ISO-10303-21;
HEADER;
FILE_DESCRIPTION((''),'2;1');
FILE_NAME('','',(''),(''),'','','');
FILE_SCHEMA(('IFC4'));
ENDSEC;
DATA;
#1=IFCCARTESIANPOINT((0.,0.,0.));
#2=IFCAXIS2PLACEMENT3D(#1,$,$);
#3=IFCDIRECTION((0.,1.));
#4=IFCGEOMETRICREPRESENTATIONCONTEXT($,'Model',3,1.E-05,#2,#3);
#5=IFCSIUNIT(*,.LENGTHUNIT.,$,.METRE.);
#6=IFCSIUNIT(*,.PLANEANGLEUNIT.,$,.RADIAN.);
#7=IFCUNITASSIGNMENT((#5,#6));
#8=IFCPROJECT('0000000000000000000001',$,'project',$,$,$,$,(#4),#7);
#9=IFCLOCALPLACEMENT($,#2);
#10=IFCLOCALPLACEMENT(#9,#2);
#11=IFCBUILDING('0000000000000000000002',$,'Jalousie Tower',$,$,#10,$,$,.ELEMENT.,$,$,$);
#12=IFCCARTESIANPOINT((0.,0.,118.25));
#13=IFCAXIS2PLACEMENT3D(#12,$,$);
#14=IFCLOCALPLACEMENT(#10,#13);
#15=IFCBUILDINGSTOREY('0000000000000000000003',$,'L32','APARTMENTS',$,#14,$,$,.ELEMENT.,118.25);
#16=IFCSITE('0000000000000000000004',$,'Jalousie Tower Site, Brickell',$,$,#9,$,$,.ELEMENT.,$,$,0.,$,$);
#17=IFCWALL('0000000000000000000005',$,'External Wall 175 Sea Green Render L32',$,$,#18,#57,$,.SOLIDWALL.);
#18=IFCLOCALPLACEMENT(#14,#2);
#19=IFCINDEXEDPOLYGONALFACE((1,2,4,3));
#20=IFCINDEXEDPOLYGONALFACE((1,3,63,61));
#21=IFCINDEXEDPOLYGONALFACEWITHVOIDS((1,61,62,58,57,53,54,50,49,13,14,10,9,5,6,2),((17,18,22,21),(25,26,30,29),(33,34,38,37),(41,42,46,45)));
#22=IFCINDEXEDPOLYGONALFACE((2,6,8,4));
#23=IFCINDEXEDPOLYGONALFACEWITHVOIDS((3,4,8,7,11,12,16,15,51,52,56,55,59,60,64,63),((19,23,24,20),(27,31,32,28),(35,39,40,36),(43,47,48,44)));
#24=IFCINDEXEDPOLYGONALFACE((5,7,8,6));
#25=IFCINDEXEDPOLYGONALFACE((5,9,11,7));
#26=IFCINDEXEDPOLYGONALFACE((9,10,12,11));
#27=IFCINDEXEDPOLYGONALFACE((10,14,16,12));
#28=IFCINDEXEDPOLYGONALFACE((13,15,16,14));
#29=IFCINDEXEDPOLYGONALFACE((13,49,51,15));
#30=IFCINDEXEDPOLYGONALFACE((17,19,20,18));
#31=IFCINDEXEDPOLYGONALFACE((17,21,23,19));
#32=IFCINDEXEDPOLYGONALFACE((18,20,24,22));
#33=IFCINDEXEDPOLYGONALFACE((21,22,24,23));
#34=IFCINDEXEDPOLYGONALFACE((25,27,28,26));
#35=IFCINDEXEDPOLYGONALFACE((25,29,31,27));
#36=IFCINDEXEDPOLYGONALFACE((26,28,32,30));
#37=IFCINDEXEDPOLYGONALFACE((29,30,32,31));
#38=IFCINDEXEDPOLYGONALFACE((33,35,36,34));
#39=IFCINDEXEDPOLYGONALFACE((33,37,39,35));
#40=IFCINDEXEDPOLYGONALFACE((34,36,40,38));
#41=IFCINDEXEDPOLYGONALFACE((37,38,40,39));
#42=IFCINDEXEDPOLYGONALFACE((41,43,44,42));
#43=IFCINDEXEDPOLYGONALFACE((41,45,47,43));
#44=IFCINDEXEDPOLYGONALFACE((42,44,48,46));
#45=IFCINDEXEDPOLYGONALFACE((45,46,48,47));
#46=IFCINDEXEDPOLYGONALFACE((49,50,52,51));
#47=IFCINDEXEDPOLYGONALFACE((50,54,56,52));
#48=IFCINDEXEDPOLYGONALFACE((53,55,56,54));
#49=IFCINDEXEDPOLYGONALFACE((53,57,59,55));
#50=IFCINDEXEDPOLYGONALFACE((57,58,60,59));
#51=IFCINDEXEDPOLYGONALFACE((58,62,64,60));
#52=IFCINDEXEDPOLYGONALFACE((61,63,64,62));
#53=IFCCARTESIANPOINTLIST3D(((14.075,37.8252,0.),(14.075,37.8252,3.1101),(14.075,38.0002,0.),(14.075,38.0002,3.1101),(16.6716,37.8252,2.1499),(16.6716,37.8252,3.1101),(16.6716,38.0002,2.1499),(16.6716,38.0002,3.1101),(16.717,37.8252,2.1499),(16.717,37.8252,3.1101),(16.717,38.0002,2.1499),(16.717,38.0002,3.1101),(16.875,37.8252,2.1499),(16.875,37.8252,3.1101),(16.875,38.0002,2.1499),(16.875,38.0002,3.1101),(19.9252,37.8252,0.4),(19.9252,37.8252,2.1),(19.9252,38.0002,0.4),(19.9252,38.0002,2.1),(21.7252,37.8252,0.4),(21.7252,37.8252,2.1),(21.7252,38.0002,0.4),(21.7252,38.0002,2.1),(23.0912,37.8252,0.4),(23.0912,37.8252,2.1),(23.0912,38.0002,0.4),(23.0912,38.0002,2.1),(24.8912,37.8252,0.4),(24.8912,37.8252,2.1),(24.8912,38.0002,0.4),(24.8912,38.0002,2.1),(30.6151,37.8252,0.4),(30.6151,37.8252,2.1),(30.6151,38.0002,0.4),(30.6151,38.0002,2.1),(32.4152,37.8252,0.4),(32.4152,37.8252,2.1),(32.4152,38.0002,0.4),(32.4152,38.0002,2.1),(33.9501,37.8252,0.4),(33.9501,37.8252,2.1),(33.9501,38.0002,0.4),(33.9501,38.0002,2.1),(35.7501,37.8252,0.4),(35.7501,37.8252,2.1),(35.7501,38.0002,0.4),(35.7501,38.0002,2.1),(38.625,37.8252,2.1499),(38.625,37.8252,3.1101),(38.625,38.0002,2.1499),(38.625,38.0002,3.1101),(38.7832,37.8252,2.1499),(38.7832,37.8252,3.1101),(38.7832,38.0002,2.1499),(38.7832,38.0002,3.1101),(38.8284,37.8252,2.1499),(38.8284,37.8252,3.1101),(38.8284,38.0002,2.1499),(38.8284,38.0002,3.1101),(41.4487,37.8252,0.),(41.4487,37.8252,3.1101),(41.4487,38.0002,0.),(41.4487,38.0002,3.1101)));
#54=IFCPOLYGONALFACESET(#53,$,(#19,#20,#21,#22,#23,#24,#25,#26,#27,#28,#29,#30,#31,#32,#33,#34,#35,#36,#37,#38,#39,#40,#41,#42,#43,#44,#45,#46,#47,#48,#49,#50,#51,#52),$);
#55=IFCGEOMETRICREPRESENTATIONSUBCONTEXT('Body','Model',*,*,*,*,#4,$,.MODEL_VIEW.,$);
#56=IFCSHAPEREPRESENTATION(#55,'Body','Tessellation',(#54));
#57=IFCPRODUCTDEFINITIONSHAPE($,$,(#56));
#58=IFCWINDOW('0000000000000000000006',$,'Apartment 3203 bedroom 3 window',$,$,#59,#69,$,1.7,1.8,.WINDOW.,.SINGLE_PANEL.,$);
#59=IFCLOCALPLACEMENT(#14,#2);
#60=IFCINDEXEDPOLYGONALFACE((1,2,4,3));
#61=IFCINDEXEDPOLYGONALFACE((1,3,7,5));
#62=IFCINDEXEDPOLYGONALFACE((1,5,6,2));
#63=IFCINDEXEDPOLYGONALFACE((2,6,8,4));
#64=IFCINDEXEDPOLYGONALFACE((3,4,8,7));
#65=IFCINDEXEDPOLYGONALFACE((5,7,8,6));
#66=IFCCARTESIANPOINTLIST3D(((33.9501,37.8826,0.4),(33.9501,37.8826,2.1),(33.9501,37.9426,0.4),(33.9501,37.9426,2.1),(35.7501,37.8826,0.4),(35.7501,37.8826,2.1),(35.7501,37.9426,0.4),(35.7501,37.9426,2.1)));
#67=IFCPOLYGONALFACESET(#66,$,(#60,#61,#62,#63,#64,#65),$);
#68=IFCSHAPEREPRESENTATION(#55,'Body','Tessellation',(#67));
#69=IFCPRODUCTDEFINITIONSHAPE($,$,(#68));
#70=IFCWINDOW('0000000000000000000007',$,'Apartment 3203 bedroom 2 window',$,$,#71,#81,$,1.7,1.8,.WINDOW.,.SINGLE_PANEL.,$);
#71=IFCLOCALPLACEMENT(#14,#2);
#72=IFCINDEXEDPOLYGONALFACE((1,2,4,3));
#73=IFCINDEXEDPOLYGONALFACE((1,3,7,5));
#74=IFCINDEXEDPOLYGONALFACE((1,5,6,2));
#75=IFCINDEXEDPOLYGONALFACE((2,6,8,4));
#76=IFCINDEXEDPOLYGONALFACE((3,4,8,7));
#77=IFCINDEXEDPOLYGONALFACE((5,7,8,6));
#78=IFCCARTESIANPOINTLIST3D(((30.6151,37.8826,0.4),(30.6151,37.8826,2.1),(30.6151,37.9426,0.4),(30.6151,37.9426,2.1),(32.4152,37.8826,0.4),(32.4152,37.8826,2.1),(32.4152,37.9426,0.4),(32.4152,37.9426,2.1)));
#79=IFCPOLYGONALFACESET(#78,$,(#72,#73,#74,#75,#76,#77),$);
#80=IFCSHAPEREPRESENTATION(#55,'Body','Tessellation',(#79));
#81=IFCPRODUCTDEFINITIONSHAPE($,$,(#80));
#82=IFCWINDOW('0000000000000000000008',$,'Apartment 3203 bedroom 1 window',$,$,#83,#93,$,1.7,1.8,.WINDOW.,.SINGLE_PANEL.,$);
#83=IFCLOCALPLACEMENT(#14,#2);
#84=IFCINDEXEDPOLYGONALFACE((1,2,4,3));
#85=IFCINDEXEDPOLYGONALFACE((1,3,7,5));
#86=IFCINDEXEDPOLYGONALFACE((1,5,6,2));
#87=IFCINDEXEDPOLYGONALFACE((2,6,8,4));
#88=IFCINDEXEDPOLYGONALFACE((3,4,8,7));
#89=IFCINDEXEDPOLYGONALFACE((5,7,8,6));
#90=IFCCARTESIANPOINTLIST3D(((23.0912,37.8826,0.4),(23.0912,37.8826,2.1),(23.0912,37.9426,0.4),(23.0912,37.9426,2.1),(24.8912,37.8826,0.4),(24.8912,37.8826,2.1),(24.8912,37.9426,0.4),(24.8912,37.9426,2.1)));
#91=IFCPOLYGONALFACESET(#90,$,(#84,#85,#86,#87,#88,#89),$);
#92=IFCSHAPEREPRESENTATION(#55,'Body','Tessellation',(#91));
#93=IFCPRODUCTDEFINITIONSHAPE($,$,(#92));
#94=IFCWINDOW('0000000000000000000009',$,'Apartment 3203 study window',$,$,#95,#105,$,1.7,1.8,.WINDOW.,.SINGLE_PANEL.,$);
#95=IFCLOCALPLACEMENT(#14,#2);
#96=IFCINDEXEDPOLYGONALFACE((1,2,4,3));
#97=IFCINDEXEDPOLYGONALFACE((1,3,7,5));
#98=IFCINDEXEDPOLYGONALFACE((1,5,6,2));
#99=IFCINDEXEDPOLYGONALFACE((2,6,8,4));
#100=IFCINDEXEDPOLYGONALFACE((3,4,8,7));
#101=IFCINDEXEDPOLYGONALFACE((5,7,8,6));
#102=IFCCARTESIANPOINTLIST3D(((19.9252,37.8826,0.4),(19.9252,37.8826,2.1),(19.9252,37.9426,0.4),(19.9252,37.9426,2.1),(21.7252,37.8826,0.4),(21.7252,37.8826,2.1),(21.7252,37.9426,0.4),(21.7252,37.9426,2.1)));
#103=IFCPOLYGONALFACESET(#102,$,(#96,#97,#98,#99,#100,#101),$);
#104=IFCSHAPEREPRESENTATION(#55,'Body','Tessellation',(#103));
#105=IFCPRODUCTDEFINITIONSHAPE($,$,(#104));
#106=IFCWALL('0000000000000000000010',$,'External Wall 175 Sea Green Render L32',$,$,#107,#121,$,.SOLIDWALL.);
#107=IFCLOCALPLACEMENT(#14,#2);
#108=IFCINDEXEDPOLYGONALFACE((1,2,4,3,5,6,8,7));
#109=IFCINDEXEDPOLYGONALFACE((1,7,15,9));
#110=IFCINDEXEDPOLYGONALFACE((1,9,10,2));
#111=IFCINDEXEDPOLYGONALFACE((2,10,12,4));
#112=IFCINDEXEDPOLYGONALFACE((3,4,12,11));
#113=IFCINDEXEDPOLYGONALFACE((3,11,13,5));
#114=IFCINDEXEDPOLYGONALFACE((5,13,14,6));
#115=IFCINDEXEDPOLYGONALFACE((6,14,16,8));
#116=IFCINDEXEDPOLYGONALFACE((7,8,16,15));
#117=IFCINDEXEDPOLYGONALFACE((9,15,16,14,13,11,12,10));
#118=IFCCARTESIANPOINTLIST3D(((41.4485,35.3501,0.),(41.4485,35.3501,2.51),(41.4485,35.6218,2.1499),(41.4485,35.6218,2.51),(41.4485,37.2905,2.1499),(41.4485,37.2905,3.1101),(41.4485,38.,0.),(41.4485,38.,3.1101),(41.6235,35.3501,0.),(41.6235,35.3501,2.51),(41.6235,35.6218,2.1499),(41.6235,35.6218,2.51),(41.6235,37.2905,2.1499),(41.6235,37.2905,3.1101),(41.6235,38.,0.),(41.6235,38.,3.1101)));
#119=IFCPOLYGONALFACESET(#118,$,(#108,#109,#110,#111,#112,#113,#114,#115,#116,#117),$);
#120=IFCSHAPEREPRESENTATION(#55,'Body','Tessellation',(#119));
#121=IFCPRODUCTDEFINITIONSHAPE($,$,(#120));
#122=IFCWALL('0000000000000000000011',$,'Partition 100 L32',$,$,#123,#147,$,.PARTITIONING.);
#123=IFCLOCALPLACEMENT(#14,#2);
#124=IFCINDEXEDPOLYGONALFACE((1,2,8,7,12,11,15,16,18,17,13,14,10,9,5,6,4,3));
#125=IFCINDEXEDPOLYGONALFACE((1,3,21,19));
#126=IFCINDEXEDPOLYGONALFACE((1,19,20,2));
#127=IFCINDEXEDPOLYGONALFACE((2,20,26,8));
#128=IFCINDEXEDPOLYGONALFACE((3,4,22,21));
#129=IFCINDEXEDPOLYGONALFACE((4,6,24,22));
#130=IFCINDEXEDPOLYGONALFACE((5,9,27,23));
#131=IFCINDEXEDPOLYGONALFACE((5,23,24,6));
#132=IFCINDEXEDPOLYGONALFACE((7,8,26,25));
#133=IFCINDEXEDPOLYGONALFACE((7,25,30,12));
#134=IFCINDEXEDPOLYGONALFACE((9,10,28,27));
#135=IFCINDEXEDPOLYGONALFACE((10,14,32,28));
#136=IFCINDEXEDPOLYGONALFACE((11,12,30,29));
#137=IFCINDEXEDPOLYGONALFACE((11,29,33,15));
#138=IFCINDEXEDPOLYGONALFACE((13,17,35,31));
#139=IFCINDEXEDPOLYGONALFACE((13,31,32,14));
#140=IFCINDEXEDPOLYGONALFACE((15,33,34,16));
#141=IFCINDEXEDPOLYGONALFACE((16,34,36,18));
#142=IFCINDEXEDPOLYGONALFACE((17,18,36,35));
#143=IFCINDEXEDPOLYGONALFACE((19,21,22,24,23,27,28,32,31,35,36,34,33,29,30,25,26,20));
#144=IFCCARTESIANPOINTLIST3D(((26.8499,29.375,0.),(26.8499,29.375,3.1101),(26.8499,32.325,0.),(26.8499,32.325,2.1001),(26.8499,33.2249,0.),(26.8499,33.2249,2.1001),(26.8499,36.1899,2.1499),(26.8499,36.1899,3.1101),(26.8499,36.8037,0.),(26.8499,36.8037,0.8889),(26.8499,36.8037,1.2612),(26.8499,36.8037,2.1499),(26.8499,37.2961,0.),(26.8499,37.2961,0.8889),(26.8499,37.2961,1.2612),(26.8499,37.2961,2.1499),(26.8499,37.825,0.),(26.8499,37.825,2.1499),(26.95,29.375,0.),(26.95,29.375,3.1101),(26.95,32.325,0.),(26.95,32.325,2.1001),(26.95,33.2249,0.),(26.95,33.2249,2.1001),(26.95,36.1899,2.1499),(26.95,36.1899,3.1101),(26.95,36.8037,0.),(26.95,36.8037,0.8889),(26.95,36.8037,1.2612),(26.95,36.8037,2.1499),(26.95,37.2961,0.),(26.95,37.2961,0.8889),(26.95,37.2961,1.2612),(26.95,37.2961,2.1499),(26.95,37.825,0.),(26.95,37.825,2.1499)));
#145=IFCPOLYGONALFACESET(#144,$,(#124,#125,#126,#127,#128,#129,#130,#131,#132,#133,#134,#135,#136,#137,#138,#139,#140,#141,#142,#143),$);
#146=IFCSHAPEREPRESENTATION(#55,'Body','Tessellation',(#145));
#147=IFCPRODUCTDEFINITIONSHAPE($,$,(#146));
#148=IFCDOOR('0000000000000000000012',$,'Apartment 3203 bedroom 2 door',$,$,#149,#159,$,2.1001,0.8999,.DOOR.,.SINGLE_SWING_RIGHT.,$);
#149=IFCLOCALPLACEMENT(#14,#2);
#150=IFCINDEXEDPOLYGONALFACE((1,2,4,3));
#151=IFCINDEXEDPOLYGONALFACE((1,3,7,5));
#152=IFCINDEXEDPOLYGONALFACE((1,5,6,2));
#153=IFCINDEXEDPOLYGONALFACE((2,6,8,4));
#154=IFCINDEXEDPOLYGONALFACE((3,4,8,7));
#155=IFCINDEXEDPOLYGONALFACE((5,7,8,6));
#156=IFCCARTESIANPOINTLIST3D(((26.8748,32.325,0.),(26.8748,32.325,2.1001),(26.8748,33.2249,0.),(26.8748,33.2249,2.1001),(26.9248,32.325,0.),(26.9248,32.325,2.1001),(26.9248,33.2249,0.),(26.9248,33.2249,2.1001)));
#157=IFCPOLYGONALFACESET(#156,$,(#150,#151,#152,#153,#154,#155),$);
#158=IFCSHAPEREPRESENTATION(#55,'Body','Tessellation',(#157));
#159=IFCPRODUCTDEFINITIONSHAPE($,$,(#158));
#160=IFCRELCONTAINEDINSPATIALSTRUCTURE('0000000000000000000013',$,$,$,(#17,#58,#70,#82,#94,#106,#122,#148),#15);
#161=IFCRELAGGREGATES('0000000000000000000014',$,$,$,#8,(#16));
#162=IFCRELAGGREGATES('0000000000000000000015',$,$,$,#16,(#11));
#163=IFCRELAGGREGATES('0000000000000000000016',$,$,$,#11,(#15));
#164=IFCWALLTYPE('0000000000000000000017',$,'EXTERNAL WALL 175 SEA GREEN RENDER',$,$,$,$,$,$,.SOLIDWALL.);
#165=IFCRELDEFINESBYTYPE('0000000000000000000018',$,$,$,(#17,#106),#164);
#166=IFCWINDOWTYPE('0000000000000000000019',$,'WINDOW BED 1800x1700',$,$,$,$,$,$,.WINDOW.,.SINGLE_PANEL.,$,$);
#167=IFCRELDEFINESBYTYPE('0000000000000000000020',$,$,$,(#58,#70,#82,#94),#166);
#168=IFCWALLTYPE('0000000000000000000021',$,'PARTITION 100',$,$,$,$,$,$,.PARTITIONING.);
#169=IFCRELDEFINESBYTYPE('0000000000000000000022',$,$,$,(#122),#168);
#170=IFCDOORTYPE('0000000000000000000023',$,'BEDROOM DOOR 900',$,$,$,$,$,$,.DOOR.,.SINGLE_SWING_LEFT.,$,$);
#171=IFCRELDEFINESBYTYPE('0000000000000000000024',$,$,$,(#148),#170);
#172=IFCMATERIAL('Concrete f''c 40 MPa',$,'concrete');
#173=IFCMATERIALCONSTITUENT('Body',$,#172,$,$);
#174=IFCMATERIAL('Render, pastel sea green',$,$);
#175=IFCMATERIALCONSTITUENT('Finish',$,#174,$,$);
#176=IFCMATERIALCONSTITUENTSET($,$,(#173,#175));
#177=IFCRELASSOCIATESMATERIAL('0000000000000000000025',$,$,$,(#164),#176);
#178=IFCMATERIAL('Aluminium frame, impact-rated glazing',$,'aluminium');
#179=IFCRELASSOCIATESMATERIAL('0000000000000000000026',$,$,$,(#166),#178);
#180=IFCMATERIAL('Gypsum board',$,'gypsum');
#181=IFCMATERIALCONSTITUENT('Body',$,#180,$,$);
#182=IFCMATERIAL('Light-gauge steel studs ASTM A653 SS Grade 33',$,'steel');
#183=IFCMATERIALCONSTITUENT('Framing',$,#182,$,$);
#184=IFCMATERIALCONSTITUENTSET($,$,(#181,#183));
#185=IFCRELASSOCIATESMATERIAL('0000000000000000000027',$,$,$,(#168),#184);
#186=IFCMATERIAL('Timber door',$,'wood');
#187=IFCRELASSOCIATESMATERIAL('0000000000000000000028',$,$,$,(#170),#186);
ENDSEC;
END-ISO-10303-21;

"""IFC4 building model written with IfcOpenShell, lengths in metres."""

from ifc_helpers import new_model, si_unit, direction, frame, frame_2d, origin, place, context, subcontext, project, spatial, polyline, rectangle, outline, extrude, material, constituent, constituent_set, type_object, element, fill, save


model = new_model("IFC4")

# Units and contexts
model_context = context("Model", 3, precision=1e-05, world=origin(), true_north=direction((0.0, 1.0)))
body_context = subcontext(model_context, "Body", "Model", "MODEL_VIEW")
ifc_project = project(units=[si_unit("LENGTHUNIT", "METRE"), si_unit("PLANEANGLEUNIT", "RADIAN")], contexts=[model_context])

# Site, building, storey
site_placement = place(None, origin())
site = spatial("IfcSite", under=ifc_project, at=site_placement, Name="Jalousie Tower Site, Brickell", CompositionType="ELEMENT", RefElevation=0.0)
building_placement = place(site_placement, origin())
building = spatial("IfcBuilding", under=site, at=building_placement, Name="Jalousie Tower", CompositionType="ELEMENT")
storey_placement = place(building_placement, frame((0.0, 0.0, 118.25)))
storey = spatial("IfcBuildingStorey", under=building, at=storey_placement, Name="L32", Description="APARTMENTS", CompositionType="ELEMENT", Elevation=118.25)

# Wall, openings, windows
ifc_material_1 = material(Name="Concrete f'c 40 MPa", Category="concrete")
ifc_constituent_1 = constituent(ifc_material_1, Name="Body")
ifc_material_2 = material(Name="Render, pastel sea green")
ifc_constituent_2 = constituent(ifc_material_2, Name="Finish")
ifc_constituent_set_1 = constituent_set(constituents=[ifc_constituent_1, ifc_constituent_2])
wall_type_1 = type_object("IfcWallType", Name="EXTERNAL WALL 175 SEA GREEN RENDER", PredefinedType="SOLIDWALL", material=ifc_constituent_set_1)
wall_1_placement = place(storey_placement, frame((41.4487, 37.9126, 0.0), z_axis=(0.0, 0.0, 1.0), x_axis=(-1.0, 0.0, 0.0)))
wall_1 = element("IfcWall", 1, at=wall_1_placement, inside=storey, type_object=wall_type_1, Name="External Wall 175 Sea Green Render L32", PredefinedType="SOLIDWALL", context=body_context, shape_type="SweptSolid", body=[
    extrude(outline(polyline([(0.0, 0.0), (27.3738, 0.0), (27.3738, 3.1101), (24.7771, 3.1101), (24.7771, 2.1499), (24.7317, 2.1499), (24.7317, 3.1101), (24.5737, 3.1101), (24.5737, 2.1499), (2.8237, 2.1499), (2.8237, 3.1101), (2.6655, 3.1101), (2.6655, 2.1499), (2.6204, 2.1499), (2.6204, 3.1101), (0.0, 3.1101), (0.0, 0.0)])), frame((0.0, 0.0874, 0.0), z_axis=(0.0, -1.0, 0.0), x_axis=(1.0, 0.0, 0.0)), (0.0, 0.0, 1.0), 0.175),
])
opening_1_placement = place(wall_1_placement, frame((5.6987, 0.0, 0.3999)))
opening_1 = element("IfcOpeningElement", 2, at=opening_1_placement, cuts=wall_1, PredefinedType="OPENING", context=body_context, shape_type="SweptSolid", body=[
    extrude(rectangle(XDim=1.8, YDim=1.7, at=frame_2d((0.8999, 0.8501))), frame((0.0, 0.0974, 0.0), z_axis=(0.0, -1.0, 0.0), x_axis=(1.0, 0.0, 0.0)), (0.0, 0.0, 1.0), 0.1951),
])
opening_2_placement = place(wall_1_placement, frame((9.0337, 0.0, 0.3999)))
opening_2 = element("IfcOpeningElement", 3, at=opening_2_placement, cuts=wall_1, PredefinedType="OPENING", context=body_context, shape_type="SweptSolid", body=[
    extrude(rectangle(XDim=1.8, YDim=1.7, at=frame_2d((0.8999, 0.8501))), frame((0.0, 0.0974, 0.0), z_axis=(0.0, -1.0, 0.0), x_axis=(1.0, 0.0, 0.0)), (0.0, 0.0, 1.0), 0.1951),
])
opening_3_placement = place(wall_1_placement, frame((16.5576, 0.0, 0.3999)))
opening_3 = element("IfcOpeningElement", 4, at=opening_3_placement, cuts=wall_1, PredefinedType="OPENING", context=body_context, shape_type="SweptSolid", body=[
    extrude(rectangle(XDim=1.8, YDim=1.7, at=frame_2d((0.8999, 0.8501))), frame((0.0, 0.0974, 0.0), z_axis=(0.0, -1.0, 0.0), x_axis=(1.0, 0.0, 0.0)), (0.0, 0.0, 1.0), 0.1951),
])
opening_4_placement = place(wall_1_placement, frame((19.7236, 0.0, 0.3999)))
opening_4 = element("IfcOpeningElement", 5, at=opening_4_placement, cuts=wall_1, PredefinedType="OPENING", context=body_context, shape_type="SweptSolid", body=[
    extrude(rectangle(XDim=1.8, YDim=1.7, at=frame_2d((0.8999, 0.8501))), frame((0.0, 0.0974, 0.0), z_axis=(0.0, -1.0, 0.0), x_axis=(1.0, 0.0, 0.0)), (0.0, 0.0, 1.0), 0.1951),
])
ifc_material_3 = material(Name="Aluminium frame, impact-rated glazing", Category="aluminium")
window_type = type_object("IfcWindowType", Name="WINDOW BED 1800x1700", PartitioningType="SINGLE_PANEL", PredefinedType="WINDOW", material=ifc_material_3)
window_1_placement = place(opening_1_placement, origin())
window_1 = element("IfcWindow", 6, at=window_1_placement, inside=storey, type_object=window_type, Name="Apartment 3203 bedroom 3 window", OverallHeight=1.7, OverallWidth=1.8, PartitioningType="SINGLE_PANEL", PredefinedType="WINDOW", context=body_context, shape_type="SweptSolid", body=[
    extrude(rectangle(XDim=1.8, YDim=1.7, at=frame_2d((0.8999, 0.8501))), frame((0.0, 0.03, 0.0), z_axis=(0.0, -1.0, 0.0), x_axis=(1.0, 0.0, 0.0)), (0.0, 0.0, 1.0), 0.0601),
])
fill(opening_1, window_1)
window_2_placement = place(opening_2_placement, origin())
window_2 = element("IfcWindow", 7, at=window_2_placement, inside=storey, type_object=window_type, Name="Apartment 3203 bedroom 2 window", OverallHeight=1.7, OverallWidth=1.8, PartitioningType="SINGLE_PANEL", PredefinedType="WINDOW", context=body_context, shape_type="SweptSolid", body=[
    extrude(rectangle(XDim=1.8, YDim=1.7, at=frame_2d((0.8999, 0.8501))), frame((0.0, 0.03, 0.0), z_axis=(0.0, -1.0, 0.0), x_axis=(1.0, 0.0, 0.0)), (0.0, 0.0, 1.0), 0.0601),
])
fill(opening_2, window_2)
window_3_placement = place(opening_3_placement, origin())
window_3 = element("IfcWindow", 8, at=window_3_placement, inside=storey, type_object=window_type, Name="Apartment 3203 bedroom 1 window", OverallHeight=1.7, OverallWidth=1.8, PartitioningType="SINGLE_PANEL", PredefinedType="WINDOW", context=body_context, shape_type="SweptSolid", body=[
    extrude(rectangle(XDim=1.8, YDim=1.7, at=frame_2d((0.8999, 0.8501))), frame((0.0, 0.03, 0.0), z_axis=(0.0, -1.0, 0.0), x_axis=(1.0, 0.0, 0.0)), (0.0, 0.0, 1.0), 0.0601),
])
fill(opening_3, window_3)
window_4_placement = place(opening_4_placement, origin())
window_4 = element("IfcWindow", 9, at=window_4_placement, inside=storey, type_object=window_type, Name="Apartment 3203 study window", OverallHeight=1.7, OverallWidth=1.8, PartitioningType="SINGLE_PANEL", PredefinedType="WINDOW", context=body_context, shape_type="SweptSolid", body=[
    extrude(rectangle(XDim=1.8, YDim=1.7, at=frame_2d((0.8999, 0.8501))), frame((0.0, 0.03, 0.0), z_axis=(0.0, -1.0, 0.0), x_axis=(1.0, 0.0, 0.0)), (0.0, 0.0, 1.0), 0.0601),
])
fill(opening_4, window_4)

# Wall
wall_2_placement = place(storey_placement, frame((41.5361, 38.0, 0.0), z_axis=(0.0, 0.0, 1.0), x_axis=(0.0, -1.0, 0.0)))
element("IfcWall", 10, at=wall_2_placement, inside=storey, type_object=wall_type_1, Name="External Wall 175 Sea Green Render L32", PredefinedType="SOLIDWALL", context=body_context, shape_type="SweptSolid", body=[
    extrude(outline(polyline([(0.0, 0.0), (2.6499, 0.0), (2.6499, 2.51), (2.3782, 2.51), (2.3782, 2.1499), (0.7095, 2.1499), (0.7095, 3.1101), (0.0, 3.1101), (0.0, 0.0)])), frame((0.0, 0.0874, 0.0), z_axis=(0.0, -1.0, 0.0), x_axis=(1.0, 0.0, 0.0)), (0.0, 0.0, 1.0), 0.175),
])

# Wall, opening, door
ifc_material_4 = material(Name="Gypsum board", Category="gypsum")
ifc_constituent_3 = constituent(ifc_material_4, Name="Body")
ifc_material_5 = material(Name="Light-gauge steel studs ASTM A653 SS Grade 33", Category="steel")
ifc_constituent_4 = constituent(ifc_material_5, Name="Framing")
ifc_constituent_set_2 = constituent_set(constituents=[ifc_constituent_3, ifc_constituent_4])
wall_type_2 = type_object("IfcWallType", Name="PARTITION 100", PredefinedType="PARTITIONING", material=ifc_constituent_set_2)
wall_3_placement = place(storey_placement, frame((26.8999, 37.825, 0.0), z_axis=(0.0, 0.0, 1.0), x_axis=(0.0, -1.0, 0.0)))
wall_3 = element("IfcWall", 11, at=wall_3_placement, inside=storey, type_object=wall_type_2, Name="Partition 100 L32", PredefinedType="PARTITIONING", context=body_context, shape_type="SweptSolid", body=[
    extrude(outline(polyline([(0.5288, 2.1499), (0.0, 2.1499), (0.0, 0.0), (0.5288, 0.0), (0.5288, 0.8889), (1.0212, 0.8889), (1.0212, 0.0), (8.45, 0.0), (8.45, 3.1101), (1.635, 3.1101), (1.635, 2.1499), (1.0212, 2.1499), (1.0212, 1.2612), (0.5288, 1.2612), (0.5288, 2.1499)])), frame((0.0, 0.05, 0.0), z_axis=(0.0, -1.0, 0.0), x_axis=(1.0, 0.0, 0.0)), (0.0, 0.0, 1.0), 0.1001),
])
opening_5_placement = place(wall_3_placement, frame((4.6001, 0.0, 0.0)))
opening_5 = element("IfcOpeningElement", 12, at=opening_5_placement, cuts=wall_3, PredefinedType="OPENING", context=body_context, shape_type="SweptSolid", body=[
    extrude(rectangle(XDim=0.8999, YDim=2.1001, at=frame_2d((0.45, 1.05))), frame((0.0, 0.0601, 0.0), z_axis=(0.0, -1.0, 0.0), x_axis=(1.0, 0.0, 0.0)), (0.0, 0.0, 1.0), 0.1201),
])
ifc_material_6 = material(Name="Timber door", Category="wood")
door_type = type_object("IfcDoorType", Name="BEDROOM DOOR 900", OperationType="SINGLE_SWING_LEFT", PredefinedType="DOOR", material=ifc_material_6)
door_1_placement = place(opening_5_placement, origin())
door_1 = element("IfcDoor", 13, at=door_1_placement, inside=storey, type_object=door_type, Name="Apartment 3203 bedroom 2 door", OperationType="SINGLE_SWING_RIGHT", OverallHeight=2.1001, OverallWidth=0.8999, PredefinedType="DOOR", context=body_context, shape_type="SweptSolid", body=[
    extrude(rectangle(XDim=0.8999, YDim=2.1001, at=frame_2d((0.45, 1.05))), frame((0.0, 0.0249, 0.0), z_axis=(0.0, -1.0, 0.0), x_axis=(1.0, 0.0, 0.0)), (0.0, 0.0, 1.0), 0.05),
])
fill(opening_5, door_1)

save(model, "model.ifc")
